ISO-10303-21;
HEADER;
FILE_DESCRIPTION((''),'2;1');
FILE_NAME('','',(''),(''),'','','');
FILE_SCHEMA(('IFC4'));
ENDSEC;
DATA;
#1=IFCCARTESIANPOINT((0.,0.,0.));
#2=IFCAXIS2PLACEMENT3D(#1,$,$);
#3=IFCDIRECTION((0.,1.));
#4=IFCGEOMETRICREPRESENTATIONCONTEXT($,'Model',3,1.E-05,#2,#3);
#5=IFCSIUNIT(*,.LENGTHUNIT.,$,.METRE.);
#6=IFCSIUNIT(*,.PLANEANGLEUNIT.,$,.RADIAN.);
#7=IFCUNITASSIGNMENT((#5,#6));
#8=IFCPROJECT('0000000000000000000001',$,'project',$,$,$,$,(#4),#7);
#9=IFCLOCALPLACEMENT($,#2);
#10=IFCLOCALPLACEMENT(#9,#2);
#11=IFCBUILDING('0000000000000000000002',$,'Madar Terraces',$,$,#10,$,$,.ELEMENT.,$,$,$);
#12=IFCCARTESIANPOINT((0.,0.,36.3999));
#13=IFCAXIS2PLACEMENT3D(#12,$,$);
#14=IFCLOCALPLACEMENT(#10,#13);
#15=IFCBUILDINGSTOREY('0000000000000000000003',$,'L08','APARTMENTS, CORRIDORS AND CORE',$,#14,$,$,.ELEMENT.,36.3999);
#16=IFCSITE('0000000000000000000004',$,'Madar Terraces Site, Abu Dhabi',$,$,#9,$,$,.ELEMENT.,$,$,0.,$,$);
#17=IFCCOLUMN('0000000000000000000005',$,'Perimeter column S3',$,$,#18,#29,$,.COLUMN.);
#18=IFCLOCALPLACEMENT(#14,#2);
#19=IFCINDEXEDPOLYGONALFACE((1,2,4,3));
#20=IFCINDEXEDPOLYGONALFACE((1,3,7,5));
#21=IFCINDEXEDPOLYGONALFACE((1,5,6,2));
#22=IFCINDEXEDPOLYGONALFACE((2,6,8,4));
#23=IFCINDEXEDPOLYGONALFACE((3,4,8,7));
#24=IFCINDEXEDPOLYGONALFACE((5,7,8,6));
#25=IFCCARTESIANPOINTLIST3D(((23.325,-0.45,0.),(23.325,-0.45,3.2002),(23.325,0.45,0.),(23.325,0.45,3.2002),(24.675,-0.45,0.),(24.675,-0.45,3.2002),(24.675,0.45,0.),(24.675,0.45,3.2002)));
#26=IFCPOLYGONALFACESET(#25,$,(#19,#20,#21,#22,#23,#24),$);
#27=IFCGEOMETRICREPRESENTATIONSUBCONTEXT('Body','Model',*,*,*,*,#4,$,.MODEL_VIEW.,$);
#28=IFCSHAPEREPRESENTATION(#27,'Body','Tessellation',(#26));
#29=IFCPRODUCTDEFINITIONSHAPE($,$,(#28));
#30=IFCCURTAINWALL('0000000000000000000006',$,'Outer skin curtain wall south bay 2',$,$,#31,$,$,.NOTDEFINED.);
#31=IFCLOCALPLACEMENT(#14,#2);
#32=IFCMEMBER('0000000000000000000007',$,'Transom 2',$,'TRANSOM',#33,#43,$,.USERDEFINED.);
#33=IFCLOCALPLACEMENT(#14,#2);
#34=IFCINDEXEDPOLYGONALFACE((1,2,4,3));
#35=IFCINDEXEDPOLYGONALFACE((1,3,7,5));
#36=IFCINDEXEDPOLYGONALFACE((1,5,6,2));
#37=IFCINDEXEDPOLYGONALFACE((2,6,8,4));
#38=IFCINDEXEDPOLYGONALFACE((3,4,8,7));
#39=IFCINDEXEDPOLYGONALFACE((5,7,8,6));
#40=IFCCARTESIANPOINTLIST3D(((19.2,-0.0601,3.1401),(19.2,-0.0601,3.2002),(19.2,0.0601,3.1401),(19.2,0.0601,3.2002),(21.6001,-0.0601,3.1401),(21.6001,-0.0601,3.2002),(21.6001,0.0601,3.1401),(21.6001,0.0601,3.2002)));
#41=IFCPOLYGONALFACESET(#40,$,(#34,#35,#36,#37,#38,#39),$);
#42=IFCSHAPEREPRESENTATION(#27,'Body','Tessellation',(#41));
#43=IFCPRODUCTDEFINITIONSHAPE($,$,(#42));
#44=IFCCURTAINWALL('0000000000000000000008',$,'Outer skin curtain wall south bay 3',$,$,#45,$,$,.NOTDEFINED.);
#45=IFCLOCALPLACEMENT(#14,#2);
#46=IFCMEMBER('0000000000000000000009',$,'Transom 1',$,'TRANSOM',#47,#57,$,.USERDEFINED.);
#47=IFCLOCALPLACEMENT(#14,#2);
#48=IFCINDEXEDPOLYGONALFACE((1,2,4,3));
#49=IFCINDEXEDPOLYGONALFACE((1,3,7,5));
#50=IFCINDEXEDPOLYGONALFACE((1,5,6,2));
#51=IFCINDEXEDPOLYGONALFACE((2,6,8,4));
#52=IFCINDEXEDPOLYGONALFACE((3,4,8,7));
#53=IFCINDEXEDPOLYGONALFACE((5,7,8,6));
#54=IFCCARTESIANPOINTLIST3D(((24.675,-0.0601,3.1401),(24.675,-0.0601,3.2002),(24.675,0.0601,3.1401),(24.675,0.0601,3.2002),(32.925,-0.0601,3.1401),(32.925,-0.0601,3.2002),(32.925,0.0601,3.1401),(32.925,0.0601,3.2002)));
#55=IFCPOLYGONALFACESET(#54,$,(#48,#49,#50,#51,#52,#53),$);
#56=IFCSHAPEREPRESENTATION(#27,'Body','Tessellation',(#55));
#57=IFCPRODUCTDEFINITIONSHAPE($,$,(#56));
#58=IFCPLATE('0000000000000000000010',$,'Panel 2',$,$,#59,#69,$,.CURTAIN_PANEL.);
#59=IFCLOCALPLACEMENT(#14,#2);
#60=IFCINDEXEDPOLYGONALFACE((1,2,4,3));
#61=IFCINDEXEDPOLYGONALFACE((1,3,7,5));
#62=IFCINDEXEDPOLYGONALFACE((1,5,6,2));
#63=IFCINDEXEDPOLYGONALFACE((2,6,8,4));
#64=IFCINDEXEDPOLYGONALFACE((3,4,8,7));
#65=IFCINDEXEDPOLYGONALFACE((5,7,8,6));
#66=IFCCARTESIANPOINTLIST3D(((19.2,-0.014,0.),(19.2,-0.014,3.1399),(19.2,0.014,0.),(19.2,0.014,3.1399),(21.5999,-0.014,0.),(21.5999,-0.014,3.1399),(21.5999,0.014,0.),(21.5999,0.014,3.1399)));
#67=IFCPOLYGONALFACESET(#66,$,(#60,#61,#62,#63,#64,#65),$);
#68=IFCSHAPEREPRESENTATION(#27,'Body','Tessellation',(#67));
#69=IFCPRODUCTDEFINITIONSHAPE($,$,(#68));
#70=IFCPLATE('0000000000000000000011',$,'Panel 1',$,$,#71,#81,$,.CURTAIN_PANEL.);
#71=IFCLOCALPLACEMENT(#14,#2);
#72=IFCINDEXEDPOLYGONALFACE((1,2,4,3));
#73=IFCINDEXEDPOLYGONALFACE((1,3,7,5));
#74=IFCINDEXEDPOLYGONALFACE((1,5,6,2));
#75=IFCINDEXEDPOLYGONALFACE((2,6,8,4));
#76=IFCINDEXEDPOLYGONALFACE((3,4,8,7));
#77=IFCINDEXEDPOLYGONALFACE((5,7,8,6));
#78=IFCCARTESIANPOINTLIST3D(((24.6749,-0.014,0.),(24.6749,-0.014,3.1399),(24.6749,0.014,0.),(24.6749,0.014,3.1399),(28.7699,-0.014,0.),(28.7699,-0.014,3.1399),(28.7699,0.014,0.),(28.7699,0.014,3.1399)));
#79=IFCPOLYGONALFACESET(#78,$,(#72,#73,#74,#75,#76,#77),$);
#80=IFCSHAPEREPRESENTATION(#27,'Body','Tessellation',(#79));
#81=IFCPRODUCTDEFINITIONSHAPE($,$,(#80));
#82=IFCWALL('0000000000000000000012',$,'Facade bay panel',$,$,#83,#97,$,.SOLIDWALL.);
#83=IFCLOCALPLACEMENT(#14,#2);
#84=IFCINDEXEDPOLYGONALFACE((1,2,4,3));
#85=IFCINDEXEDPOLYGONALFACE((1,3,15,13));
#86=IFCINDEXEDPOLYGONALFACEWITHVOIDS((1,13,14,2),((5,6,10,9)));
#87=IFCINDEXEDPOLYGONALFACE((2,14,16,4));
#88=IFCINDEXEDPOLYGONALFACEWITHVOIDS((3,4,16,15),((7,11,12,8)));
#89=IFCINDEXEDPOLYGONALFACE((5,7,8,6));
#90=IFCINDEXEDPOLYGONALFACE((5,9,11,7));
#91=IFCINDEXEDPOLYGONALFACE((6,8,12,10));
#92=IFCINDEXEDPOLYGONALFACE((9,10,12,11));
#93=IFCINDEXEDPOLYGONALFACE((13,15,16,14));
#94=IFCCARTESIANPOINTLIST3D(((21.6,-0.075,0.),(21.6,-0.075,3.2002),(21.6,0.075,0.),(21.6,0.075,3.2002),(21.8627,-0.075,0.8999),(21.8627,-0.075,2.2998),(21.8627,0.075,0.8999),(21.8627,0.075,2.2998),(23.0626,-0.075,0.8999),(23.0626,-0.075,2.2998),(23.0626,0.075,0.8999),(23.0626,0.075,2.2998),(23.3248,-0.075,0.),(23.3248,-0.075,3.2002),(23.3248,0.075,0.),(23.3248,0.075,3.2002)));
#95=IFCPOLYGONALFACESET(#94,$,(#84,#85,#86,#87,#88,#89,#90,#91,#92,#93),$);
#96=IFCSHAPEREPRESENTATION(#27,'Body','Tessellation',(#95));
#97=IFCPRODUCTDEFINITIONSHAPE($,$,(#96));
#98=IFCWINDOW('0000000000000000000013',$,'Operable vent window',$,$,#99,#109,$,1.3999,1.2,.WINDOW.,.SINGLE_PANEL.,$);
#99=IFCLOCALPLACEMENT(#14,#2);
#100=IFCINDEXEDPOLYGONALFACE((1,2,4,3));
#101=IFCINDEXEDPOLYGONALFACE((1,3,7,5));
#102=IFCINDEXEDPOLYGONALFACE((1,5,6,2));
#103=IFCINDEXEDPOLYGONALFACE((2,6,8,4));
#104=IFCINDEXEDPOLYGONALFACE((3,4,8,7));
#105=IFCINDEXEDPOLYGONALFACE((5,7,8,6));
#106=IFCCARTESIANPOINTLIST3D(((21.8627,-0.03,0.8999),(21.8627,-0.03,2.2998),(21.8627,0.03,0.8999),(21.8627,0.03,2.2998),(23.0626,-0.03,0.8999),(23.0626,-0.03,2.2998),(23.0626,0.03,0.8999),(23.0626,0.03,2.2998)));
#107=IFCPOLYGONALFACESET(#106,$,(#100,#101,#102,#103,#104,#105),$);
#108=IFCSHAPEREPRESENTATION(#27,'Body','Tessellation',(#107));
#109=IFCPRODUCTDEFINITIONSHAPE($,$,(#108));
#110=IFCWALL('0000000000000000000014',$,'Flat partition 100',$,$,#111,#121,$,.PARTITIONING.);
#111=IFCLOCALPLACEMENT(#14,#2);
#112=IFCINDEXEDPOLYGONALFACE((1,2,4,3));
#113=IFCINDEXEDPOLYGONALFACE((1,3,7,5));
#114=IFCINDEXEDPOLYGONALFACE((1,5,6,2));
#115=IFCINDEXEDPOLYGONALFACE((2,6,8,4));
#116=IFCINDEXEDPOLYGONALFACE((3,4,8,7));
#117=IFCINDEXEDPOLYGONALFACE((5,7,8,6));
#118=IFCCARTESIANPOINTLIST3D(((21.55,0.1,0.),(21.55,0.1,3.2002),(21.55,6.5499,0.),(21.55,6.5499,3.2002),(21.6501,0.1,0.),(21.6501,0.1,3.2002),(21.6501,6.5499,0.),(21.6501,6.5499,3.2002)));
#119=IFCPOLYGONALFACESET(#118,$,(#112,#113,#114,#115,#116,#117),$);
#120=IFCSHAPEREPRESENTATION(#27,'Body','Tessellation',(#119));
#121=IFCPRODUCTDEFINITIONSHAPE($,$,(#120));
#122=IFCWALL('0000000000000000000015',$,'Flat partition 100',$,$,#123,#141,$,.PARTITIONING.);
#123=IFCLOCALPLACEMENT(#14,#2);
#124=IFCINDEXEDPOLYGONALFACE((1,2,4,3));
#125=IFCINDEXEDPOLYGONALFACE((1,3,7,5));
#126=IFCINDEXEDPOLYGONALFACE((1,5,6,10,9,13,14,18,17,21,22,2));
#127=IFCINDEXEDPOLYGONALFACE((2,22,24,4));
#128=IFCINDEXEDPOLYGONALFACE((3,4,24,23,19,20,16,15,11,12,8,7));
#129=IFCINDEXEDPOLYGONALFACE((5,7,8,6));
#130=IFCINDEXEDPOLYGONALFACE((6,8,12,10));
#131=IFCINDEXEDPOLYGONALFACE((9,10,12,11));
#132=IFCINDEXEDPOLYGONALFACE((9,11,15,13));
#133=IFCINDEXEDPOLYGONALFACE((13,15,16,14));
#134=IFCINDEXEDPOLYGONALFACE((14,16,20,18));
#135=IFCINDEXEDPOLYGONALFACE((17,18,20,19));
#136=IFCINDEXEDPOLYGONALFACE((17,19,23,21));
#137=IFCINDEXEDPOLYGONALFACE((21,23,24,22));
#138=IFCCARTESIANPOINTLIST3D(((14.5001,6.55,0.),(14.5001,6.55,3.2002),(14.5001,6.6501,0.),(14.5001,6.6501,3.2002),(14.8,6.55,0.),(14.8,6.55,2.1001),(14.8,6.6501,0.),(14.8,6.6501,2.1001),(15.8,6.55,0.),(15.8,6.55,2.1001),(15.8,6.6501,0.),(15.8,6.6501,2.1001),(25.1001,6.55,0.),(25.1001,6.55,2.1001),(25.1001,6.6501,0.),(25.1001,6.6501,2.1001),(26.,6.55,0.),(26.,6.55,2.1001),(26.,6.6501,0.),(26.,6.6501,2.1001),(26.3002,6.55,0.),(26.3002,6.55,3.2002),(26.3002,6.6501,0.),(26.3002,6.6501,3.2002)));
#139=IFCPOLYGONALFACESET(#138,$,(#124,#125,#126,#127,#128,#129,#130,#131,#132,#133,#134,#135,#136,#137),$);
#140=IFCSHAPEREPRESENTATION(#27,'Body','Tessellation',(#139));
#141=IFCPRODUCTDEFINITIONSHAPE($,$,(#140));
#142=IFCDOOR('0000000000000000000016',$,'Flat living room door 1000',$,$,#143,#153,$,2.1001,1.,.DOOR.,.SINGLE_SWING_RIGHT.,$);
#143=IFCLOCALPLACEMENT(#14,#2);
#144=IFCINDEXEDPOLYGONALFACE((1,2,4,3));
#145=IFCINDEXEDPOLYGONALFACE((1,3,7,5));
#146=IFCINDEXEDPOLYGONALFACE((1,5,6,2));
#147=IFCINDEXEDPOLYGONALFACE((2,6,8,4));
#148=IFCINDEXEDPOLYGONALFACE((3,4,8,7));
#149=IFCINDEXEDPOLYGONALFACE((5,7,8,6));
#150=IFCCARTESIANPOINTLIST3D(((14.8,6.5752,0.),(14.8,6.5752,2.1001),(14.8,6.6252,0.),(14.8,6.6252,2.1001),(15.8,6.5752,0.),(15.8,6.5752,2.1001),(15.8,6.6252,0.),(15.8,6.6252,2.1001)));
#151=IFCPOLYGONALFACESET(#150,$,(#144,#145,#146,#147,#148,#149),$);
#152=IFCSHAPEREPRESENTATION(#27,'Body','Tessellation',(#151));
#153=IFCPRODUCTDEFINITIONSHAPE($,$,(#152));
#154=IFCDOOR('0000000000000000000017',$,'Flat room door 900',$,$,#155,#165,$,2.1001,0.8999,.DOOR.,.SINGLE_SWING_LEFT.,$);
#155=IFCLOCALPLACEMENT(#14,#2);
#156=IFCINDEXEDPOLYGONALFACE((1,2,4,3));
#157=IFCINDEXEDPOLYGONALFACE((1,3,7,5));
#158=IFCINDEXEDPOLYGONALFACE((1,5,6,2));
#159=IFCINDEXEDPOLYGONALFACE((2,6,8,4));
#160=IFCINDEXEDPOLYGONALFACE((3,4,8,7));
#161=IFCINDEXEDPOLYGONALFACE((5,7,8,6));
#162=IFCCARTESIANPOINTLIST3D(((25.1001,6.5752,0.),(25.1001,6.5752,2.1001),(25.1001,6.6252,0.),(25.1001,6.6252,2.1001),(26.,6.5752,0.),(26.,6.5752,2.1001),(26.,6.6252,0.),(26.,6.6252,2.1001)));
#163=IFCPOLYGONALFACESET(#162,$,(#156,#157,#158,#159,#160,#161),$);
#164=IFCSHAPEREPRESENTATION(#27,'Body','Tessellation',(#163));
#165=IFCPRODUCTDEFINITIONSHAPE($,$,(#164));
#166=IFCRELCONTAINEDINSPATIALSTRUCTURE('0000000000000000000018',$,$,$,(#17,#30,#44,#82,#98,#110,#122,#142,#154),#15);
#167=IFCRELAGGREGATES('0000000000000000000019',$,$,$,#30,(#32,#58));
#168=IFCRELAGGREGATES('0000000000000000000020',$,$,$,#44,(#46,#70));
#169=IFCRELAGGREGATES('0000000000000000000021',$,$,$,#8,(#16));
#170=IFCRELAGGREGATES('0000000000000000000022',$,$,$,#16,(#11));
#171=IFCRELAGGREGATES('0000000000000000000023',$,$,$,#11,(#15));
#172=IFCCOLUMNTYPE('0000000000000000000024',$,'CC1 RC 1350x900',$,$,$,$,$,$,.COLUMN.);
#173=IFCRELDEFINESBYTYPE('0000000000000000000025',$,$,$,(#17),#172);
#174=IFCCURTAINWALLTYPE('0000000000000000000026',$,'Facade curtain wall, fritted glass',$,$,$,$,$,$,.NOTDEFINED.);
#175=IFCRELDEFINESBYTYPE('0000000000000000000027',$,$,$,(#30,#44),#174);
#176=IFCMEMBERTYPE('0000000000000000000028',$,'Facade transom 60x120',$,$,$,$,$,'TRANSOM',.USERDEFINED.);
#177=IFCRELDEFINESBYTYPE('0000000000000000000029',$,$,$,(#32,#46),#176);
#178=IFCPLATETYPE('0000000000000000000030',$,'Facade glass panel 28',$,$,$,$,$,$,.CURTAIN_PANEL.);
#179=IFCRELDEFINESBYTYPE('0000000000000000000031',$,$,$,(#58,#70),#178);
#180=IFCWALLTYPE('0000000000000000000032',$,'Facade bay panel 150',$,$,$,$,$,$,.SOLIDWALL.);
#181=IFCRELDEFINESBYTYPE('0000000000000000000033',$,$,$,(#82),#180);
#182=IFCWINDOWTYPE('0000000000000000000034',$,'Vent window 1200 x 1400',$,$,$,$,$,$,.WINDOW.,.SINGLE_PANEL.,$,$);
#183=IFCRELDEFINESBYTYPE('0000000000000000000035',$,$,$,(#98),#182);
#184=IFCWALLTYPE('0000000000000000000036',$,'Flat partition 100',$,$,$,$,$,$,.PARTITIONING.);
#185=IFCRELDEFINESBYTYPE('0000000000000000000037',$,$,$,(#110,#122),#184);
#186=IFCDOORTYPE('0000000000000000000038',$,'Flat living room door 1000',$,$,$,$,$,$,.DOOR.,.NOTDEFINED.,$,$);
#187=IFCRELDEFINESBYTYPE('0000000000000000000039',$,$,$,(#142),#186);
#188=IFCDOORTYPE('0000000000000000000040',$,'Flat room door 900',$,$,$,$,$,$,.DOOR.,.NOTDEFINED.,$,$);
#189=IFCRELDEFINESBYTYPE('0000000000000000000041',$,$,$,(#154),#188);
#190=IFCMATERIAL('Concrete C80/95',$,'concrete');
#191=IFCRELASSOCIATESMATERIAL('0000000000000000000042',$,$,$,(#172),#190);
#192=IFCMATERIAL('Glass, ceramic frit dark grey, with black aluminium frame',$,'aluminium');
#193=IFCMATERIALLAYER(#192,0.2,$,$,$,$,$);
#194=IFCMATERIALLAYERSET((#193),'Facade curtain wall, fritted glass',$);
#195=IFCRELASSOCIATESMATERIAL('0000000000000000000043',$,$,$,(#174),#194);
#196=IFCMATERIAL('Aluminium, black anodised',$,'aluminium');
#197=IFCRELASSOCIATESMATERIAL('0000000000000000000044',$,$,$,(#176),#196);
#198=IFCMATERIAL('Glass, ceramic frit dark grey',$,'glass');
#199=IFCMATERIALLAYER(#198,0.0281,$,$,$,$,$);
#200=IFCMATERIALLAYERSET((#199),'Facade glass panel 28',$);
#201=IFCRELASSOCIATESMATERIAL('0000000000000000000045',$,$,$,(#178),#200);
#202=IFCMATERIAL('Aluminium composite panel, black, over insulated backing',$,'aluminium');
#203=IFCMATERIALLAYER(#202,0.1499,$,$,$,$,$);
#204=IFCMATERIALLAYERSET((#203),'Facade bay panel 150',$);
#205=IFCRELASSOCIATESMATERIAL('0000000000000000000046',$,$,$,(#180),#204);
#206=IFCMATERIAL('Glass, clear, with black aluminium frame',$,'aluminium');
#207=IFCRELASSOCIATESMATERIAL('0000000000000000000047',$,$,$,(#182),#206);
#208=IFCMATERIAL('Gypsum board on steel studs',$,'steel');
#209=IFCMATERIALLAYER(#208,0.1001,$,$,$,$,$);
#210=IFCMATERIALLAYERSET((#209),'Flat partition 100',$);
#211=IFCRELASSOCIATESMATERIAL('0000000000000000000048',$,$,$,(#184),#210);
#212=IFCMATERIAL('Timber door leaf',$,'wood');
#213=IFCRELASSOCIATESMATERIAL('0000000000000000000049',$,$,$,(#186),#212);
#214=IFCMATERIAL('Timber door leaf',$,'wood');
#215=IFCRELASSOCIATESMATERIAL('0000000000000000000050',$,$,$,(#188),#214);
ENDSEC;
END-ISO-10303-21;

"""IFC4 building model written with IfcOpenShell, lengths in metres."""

from ifc_helpers import new_model, si_unit, direction, frame, frame_2d, origin, origin_2d, place, context, subcontext, project, spatial, rectangle, extrude, material, layer, layer_set, material_profile, profile_set, type_object, element, fill, aggregate, save


model = new_model("IFC4")

# Units and contexts
model_context = context("Model", 3, precision=1e-05, world=origin(), true_north=direction((0.0, 1.0)))
body_context = subcontext(model_context, "Body", "Model", "MODEL_VIEW")
ifc_project = project(units=[si_unit("LENGTHUNIT", "METRE"), si_unit("PLANEANGLEUNIT", "RADIAN")], contexts=[model_context])

# Site, building, storey
site_placement = place(None, origin())
site = spatial("IfcSite", under=ifc_project, at=site_placement, Name="Madar Terraces Site, Abu Dhabi", CompositionType="ELEMENT", RefElevation=0.0)
building_placement = place(site_placement, origin())
building = spatial("IfcBuilding", under=site, at=building_placement, Name="Madar Terraces", CompositionType="ELEMENT")
storey_placement = place(building_placement, frame((0.0, 0.0, 36.3999)))
storey = spatial("IfcBuildingStorey", under=building, at=storey_placement, Name="L08", Description="APARTMENTS, CORRIDORS AND CORE", CompositionType="ELEMENT", Elevation=36.3999)

# Column
ifc_material_1 = material(Name="Concrete C80/95", Category="concrete")
ifc_material_profile_1 = material_profile(ifc_material_1, rectangle(XDim=1.3501, YDim=0.8999, at=origin_2d()), Name="CC1 RC 1350x900")
ifc_profile_set_1 = profile_set([ifc_material_profile_1], Name="Concrete C80/95")
column_type = type_object("IfcColumnType", Name="CC1 RC 1350x900", PredefinedType="COLUMN", material=ifc_profile_set_1)
column_placement = place(storey_placement, frame((24.0, 0.0, 0.0), z_axis=(0.0, 0.0, 1.0), x_axis=(1.0, 0.0, 0.0)))
element("IfcColumn", 1, at=column_placement, inside=storey, type_object=column_type, Name="Perimeter column S3", PredefinedType="COLUMN", context=body_context, shape_type="SweptSolid", body=[
    extrude(rectangle(XDim=1.3501, YDim=0.8999, at=origin_2d()), origin(), (0.0, 0.0, 1.0), 3.2002),
])

# Curtain walls, members
ifc_material_2 = material(Name="Glass, ceramic frit dark grey, with black aluminium frame", Category="aluminium")
ifc_layer_1 = layer(ifc_material_2, 0.2)
ifc_layer_set_1 = layer_set([ifc_layer_1], Name="Facade curtain wall, fritted glass")
curtain_wall_type = type_object("IfcCurtainWallType", Name="Facade curtain wall, fritted glass", PredefinedType="NOTDEFINED", material=ifc_layer_set_1)
curtain_wall_1_placement = place(storey_placement, origin())
curtain_wall_1 = element("IfcCurtainWall", 2, at=curtain_wall_1_placement, inside=storey, type_object=curtain_wall_type, Name="Outer skin curtain wall south bay 2", PredefinedType="NOTDEFINED")
ifc_material_3 = material(Name="Aluminium, black anodised", Category="aluminium")
ifc_material_profile_2 = material_profile(ifc_material_3, rectangle(XDim=0.1201, YDim=0.0601, at=origin_2d()), Name="Facade transom 60x120")
ifc_profile_set_2 = profile_set([ifc_material_profile_2], Name="Aluminium, black anodised")
member_type = type_object("IfcMemberType", Name="Facade transom 60x120", ElementType="TRANSOM", PredefinedType="USERDEFINED", material=ifc_profile_set_2)
member_1_placement = place(storey_placement, frame((19.2, 0.0, 3.1702), z_axis=(1.0, 0.0, 0.0), x_axis=(0.0, 1.0, 0.0)))
member_1 = element("IfcMember", 3, at=member_1_placement, type_object=member_type, Name="Transom 2", ObjectType="TRANSOM", PredefinedType="USERDEFINED", context=body_context, shape_type="SweptSolid", body=[
    extrude(rectangle(XDim=0.1201, YDim=0.0601, at=origin_2d()), origin(), (0.0, 0.0, 1.0), 2.4001),
])
curtain_wall_2_placement = place(storey_placement, origin())
curtain_wall_2 = element("IfcCurtainWall", 4, at=curtain_wall_2_placement, inside=storey, type_object=curtain_wall_type, Name="Outer skin curtain wall south bay 3", PredefinedType="NOTDEFINED")
member_2_placement = place(storey_placement, frame((24.675, 0.0, 3.1702), z_axis=(1.0, 0.0, 0.0), x_axis=(0.0, 1.0, 0.0)))
member_2 = element("IfcMember", 5, at=member_2_placement, type_object=member_type, Name="Transom 1", ObjectType="TRANSOM", PredefinedType="USERDEFINED", context=body_context, shape_type="SweptSolid", body=[
    extrude(rectangle(XDim=0.1201, YDim=0.0601, at=origin_2d()), origin(), (0.0, 0.0, 1.0), 8.25),
])

# Plates
ifc_material_4 = material(Name="Glass, ceramic frit dark grey", Category="glass")
ifc_layer_2 = layer(ifc_material_4, 0.0281)
ifc_layer_set_2 = layer_set([ifc_layer_2], Name="Facade glass panel 28")
plate_type = type_object("IfcPlateType", Name="Facade glass panel 28", PredefinedType="CURTAIN_PANEL", material=ifc_layer_set_2)
plate_1_placement = place(storey_placement, frame((20.3999, 0.0, 0.0), z_axis=(0.0, 0.0, 1.0), x_axis=(1.0, 0.0, 0.0)))
plate_1 = element("IfcPlate", 6, at=plate_1_placement, type_object=plate_type, Name="Panel 2", PredefinedType="CURTAIN_PANEL", context=body_context, shape_type="SweptSolid", body=[
    extrude(rectangle(XDim=2.3999, YDim=0.0281, at=origin_2d()), origin(), (0.0, 0.0, 1.0), 3.1399),
])
aggregate(curtain_wall_1, [member_1, plate_1])
plate_2_placement = place(storey_placement, frame((26.7224, 0.0, 0.0), z_axis=(0.0, 0.0, 1.0), x_axis=(1.0, 0.0, 0.0)))
plate_2 = element("IfcPlate", 7, at=plate_2_placement, type_object=plate_type, Name="Panel 1", PredefinedType="CURTAIN_PANEL", context=body_context, shape_type="SweptSolid", body=[
    extrude(rectangle(XDim=4.095, YDim=0.0281, at=origin_2d()), origin(), (0.0, 0.0, 1.0), 3.1399),
])
aggregate(curtain_wall_2, [member_2, plate_2])

# Wall, opening, window
ifc_material_5 = material(Name="Aluminium composite panel, black, over insulated backing", Category="aluminium")
ifc_layer_3 = layer(ifc_material_5, 0.1499)
ifc_layer_set_3 = layer_set([ifc_layer_3], Name="Facade bay panel 150")
wall_type_1 = type_object("IfcWallType", Name="Facade bay panel 150", PredefinedType="SOLIDWALL", material=ifc_layer_set_3)
wall_1_placement = place(storey_placement, frame((21.6001, 0.0, 0.0), z_axis=(0.0, 0.0, 1.0), x_axis=(1.0, 0.0, 0.0)))
wall_1 = element("IfcWall", 8, at=wall_1_placement, inside=storey, type_object=wall_type_1, Name="Facade bay panel", PredefinedType="SOLIDWALL", context=body_context, shape_type="SweptSolid", body=[
    extrude(rectangle(XDim=1.7249, YDim=0.1499, at=frame_2d((0.8623, 0.0))), origin(), (0.0, 0.0, 1.0), 3.2002),
])
opening_1_placement = place(wall_1_placement, frame((0.2625, 0.0, 0.8999)))
opening_1 = element("IfcOpeningElement", 9, at=opening_1_placement, cuts=wall_1, PredefinedType="OPENING", context=body_context, shape_type="SweptSolid", body=[
    extrude(rectangle(XDim=1.2, YDim=1.3999, at=frame_2d((0.6001, 0.7))), frame((0.0, 0.085, 0.0), z_axis=(0.0, -1.0, 0.0), x_axis=(1.0, 0.0, 0.0)), (0.0, 0.0, 1.0), 0.1699),
])
ifc_material_6 = material(Name="Glass, clear, with black aluminium frame", Category="aluminium")
window_type = type_object("IfcWindowType", Name="Vent window 1200 x 1400", PartitioningType="SINGLE_PANEL", PredefinedType="WINDOW", material=ifc_material_6)
window_placement = place(opening_1_placement, origin())
window = element("IfcWindow", 10, at=window_placement, inside=storey, type_object=window_type, Name="Operable vent window", OverallHeight=1.3999, OverallWidth=1.2, PartitioningType="SINGLE_PANEL", PredefinedType="WINDOW", context=body_context, shape_type="SweptSolid", body=[
    extrude(rectangle(XDim=1.2, YDim=1.3999, at=frame_2d((0.6001, 0.7))), frame((0.0, 0.03, 0.0), z_axis=(0.0, -1.0, 0.0), x_axis=(1.0, 0.0, 0.0)), (0.0, 0.0, 1.0), 0.0601),
])
fill(opening_1, window)

# Wall
ifc_material_7 = material(Name="Gypsum board on steel studs", Category="steel")
ifc_layer_4 = layer(ifc_material_7, 0.1001)
ifc_layer_set_4 = layer_set([ifc_layer_4], Name="Flat partition 100")
wall_type_2 = type_object("IfcWallType", Name="Flat partition 100", PredefinedType="PARTITIONING", material=ifc_layer_set_4)
wall_2_placement = place(storey_placement, frame((21.6001, 6.55, 0.0), z_axis=(0.0, 0.0, 1.0), x_axis=(0.0, -1.0, 0.0)))
element("IfcWall", 11, at=wall_2_placement, inside=storey, type_object=wall_type_2, Name="Flat partition 100", PredefinedType="PARTITIONING", context=body_context, shape_type="SweptSolid", body=[
    extrude(rectangle(XDim=6.45, YDim=0.1001, at=frame_2d((3.2251, 0.0))), origin(), (0.0, 0.0, 1.0), 3.2002),
])

# Wall, openings, doors
wall_3_placement = place(storey_placement, frame((26.3, 6.6001, 0.0), z_axis=(0.0, 0.0, 1.0), x_axis=(-1.0, 0.0, 0.0)))
wall_3 = element("IfcWall", 12, at=wall_3_placement, inside=storey, type_object=wall_type_2, Name="Flat partition 100", PredefinedType="PARTITIONING", context=body_context, shape_type="SweptSolid", body=[
    extrude(rectangle(XDim=11.8, YDim=0.1001, at=frame_2d((5.8999, 0.0))), origin(), (0.0, 0.0, 1.0), 3.2002),
])
opening_2_placement = place(wall_3_placement, frame((10.5, 0.0, 0.0)))
opening_2 = element("IfcOpeningElement", 13, at=opening_2_placement, cuts=wall_3, PredefinedType="OPENING", context=body_context, shape_type="SweptSolid", body=[
    extrude(rectangle(XDim=1.0, YDim=2.1001, at=frame_2d((0.5, 1.05))), frame((0.0, 0.0601, 0.0), z_axis=(0.0, -1.0, 0.0), x_axis=(1.0, 0.0, 0.0)), (0.0, 0.0, 1.0), 0.1201),
])
opening_3_placement = place(wall_3_placement, frame((0.3, 0.0, 0.0)))
opening_3 = element("IfcOpeningElement", 14, at=opening_3_placement, cuts=wall_3, PredefinedType="OPENING", context=body_context, shape_type="SweptSolid", body=[
    extrude(rectangle(XDim=0.8999, YDim=2.1001, at=frame_2d((0.45, 1.05))), frame((0.0, 0.0601, 0.0), z_axis=(0.0, -1.0, 0.0), x_axis=(1.0, 0.0, 0.0)), (0.0, 0.0, 1.0), 0.1201),
])
ifc_material_8 = material(Name="Timber door leaf", Category="wood")
door_type_1 = type_object("IfcDoorType", Name="Flat living room door 1000", OperationType="NOTDEFINED", PredefinedType="DOOR", material=ifc_material_8)
door_1_placement = place(opening_2_placement, origin())
door_1 = element("IfcDoor", 15, at=door_1_placement, inside=storey, type_object=door_type_1, Name="Flat living room door 1000", OperationType="SINGLE_SWING_RIGHT", OverallHeight=2.1001, OverallWidth=1.0, PredefinedType="DOOR", context=body_context, shape_type="SweptSolid", body=[
    extrude(rectangle(XDim=1.0, YDim=2.1001, at=frame_2d((0.5, 1.05))), frame((0.0, 0.0249, 0.0), z_axis=(0.0, -1.0, 0.0), x_axis=(1.0, 0.0, 0.0)), (0.0, 0.0, 1.0), 0.05),
])
fill(opening_2, door_1)
ifc_material_9 = material(Name="Timber door leaf", Category="wood")
door_type_2 = type_object("IfcDoorType", Name="Flat room door 900", OperationType="NOTDEFINED", PredefinedType="DOOR", material=ifc_material_9)
door_2_placement = place(opening_3_placement, origin())
door_2 = element("IfcDoor", 16, at=door_2_placement, inside=storey, type_object=door_type_2, Name="Flat room door 900", OperationType="SINGLE_SWING_LEFT", OverallHeight=2.1001, OverallWidth=0.8999, PredefinedType="DOOR", context=body_context, shape_type="SweptSolid", body=[
    extrude(rectangle(XDim=0.8999, YDim=2.1001, at=frame_2d((0.45, 1.05))), frame((0.0, 0.0249, 0.0), z_axis=(0.0, -1.0, 0.0), x_axis=(1.0, 0.0, 0.0)), (0.0, 0.0, 1.0), 0.05),
])
fill(opening_3, door_2)

save(model, "model.ifc")
